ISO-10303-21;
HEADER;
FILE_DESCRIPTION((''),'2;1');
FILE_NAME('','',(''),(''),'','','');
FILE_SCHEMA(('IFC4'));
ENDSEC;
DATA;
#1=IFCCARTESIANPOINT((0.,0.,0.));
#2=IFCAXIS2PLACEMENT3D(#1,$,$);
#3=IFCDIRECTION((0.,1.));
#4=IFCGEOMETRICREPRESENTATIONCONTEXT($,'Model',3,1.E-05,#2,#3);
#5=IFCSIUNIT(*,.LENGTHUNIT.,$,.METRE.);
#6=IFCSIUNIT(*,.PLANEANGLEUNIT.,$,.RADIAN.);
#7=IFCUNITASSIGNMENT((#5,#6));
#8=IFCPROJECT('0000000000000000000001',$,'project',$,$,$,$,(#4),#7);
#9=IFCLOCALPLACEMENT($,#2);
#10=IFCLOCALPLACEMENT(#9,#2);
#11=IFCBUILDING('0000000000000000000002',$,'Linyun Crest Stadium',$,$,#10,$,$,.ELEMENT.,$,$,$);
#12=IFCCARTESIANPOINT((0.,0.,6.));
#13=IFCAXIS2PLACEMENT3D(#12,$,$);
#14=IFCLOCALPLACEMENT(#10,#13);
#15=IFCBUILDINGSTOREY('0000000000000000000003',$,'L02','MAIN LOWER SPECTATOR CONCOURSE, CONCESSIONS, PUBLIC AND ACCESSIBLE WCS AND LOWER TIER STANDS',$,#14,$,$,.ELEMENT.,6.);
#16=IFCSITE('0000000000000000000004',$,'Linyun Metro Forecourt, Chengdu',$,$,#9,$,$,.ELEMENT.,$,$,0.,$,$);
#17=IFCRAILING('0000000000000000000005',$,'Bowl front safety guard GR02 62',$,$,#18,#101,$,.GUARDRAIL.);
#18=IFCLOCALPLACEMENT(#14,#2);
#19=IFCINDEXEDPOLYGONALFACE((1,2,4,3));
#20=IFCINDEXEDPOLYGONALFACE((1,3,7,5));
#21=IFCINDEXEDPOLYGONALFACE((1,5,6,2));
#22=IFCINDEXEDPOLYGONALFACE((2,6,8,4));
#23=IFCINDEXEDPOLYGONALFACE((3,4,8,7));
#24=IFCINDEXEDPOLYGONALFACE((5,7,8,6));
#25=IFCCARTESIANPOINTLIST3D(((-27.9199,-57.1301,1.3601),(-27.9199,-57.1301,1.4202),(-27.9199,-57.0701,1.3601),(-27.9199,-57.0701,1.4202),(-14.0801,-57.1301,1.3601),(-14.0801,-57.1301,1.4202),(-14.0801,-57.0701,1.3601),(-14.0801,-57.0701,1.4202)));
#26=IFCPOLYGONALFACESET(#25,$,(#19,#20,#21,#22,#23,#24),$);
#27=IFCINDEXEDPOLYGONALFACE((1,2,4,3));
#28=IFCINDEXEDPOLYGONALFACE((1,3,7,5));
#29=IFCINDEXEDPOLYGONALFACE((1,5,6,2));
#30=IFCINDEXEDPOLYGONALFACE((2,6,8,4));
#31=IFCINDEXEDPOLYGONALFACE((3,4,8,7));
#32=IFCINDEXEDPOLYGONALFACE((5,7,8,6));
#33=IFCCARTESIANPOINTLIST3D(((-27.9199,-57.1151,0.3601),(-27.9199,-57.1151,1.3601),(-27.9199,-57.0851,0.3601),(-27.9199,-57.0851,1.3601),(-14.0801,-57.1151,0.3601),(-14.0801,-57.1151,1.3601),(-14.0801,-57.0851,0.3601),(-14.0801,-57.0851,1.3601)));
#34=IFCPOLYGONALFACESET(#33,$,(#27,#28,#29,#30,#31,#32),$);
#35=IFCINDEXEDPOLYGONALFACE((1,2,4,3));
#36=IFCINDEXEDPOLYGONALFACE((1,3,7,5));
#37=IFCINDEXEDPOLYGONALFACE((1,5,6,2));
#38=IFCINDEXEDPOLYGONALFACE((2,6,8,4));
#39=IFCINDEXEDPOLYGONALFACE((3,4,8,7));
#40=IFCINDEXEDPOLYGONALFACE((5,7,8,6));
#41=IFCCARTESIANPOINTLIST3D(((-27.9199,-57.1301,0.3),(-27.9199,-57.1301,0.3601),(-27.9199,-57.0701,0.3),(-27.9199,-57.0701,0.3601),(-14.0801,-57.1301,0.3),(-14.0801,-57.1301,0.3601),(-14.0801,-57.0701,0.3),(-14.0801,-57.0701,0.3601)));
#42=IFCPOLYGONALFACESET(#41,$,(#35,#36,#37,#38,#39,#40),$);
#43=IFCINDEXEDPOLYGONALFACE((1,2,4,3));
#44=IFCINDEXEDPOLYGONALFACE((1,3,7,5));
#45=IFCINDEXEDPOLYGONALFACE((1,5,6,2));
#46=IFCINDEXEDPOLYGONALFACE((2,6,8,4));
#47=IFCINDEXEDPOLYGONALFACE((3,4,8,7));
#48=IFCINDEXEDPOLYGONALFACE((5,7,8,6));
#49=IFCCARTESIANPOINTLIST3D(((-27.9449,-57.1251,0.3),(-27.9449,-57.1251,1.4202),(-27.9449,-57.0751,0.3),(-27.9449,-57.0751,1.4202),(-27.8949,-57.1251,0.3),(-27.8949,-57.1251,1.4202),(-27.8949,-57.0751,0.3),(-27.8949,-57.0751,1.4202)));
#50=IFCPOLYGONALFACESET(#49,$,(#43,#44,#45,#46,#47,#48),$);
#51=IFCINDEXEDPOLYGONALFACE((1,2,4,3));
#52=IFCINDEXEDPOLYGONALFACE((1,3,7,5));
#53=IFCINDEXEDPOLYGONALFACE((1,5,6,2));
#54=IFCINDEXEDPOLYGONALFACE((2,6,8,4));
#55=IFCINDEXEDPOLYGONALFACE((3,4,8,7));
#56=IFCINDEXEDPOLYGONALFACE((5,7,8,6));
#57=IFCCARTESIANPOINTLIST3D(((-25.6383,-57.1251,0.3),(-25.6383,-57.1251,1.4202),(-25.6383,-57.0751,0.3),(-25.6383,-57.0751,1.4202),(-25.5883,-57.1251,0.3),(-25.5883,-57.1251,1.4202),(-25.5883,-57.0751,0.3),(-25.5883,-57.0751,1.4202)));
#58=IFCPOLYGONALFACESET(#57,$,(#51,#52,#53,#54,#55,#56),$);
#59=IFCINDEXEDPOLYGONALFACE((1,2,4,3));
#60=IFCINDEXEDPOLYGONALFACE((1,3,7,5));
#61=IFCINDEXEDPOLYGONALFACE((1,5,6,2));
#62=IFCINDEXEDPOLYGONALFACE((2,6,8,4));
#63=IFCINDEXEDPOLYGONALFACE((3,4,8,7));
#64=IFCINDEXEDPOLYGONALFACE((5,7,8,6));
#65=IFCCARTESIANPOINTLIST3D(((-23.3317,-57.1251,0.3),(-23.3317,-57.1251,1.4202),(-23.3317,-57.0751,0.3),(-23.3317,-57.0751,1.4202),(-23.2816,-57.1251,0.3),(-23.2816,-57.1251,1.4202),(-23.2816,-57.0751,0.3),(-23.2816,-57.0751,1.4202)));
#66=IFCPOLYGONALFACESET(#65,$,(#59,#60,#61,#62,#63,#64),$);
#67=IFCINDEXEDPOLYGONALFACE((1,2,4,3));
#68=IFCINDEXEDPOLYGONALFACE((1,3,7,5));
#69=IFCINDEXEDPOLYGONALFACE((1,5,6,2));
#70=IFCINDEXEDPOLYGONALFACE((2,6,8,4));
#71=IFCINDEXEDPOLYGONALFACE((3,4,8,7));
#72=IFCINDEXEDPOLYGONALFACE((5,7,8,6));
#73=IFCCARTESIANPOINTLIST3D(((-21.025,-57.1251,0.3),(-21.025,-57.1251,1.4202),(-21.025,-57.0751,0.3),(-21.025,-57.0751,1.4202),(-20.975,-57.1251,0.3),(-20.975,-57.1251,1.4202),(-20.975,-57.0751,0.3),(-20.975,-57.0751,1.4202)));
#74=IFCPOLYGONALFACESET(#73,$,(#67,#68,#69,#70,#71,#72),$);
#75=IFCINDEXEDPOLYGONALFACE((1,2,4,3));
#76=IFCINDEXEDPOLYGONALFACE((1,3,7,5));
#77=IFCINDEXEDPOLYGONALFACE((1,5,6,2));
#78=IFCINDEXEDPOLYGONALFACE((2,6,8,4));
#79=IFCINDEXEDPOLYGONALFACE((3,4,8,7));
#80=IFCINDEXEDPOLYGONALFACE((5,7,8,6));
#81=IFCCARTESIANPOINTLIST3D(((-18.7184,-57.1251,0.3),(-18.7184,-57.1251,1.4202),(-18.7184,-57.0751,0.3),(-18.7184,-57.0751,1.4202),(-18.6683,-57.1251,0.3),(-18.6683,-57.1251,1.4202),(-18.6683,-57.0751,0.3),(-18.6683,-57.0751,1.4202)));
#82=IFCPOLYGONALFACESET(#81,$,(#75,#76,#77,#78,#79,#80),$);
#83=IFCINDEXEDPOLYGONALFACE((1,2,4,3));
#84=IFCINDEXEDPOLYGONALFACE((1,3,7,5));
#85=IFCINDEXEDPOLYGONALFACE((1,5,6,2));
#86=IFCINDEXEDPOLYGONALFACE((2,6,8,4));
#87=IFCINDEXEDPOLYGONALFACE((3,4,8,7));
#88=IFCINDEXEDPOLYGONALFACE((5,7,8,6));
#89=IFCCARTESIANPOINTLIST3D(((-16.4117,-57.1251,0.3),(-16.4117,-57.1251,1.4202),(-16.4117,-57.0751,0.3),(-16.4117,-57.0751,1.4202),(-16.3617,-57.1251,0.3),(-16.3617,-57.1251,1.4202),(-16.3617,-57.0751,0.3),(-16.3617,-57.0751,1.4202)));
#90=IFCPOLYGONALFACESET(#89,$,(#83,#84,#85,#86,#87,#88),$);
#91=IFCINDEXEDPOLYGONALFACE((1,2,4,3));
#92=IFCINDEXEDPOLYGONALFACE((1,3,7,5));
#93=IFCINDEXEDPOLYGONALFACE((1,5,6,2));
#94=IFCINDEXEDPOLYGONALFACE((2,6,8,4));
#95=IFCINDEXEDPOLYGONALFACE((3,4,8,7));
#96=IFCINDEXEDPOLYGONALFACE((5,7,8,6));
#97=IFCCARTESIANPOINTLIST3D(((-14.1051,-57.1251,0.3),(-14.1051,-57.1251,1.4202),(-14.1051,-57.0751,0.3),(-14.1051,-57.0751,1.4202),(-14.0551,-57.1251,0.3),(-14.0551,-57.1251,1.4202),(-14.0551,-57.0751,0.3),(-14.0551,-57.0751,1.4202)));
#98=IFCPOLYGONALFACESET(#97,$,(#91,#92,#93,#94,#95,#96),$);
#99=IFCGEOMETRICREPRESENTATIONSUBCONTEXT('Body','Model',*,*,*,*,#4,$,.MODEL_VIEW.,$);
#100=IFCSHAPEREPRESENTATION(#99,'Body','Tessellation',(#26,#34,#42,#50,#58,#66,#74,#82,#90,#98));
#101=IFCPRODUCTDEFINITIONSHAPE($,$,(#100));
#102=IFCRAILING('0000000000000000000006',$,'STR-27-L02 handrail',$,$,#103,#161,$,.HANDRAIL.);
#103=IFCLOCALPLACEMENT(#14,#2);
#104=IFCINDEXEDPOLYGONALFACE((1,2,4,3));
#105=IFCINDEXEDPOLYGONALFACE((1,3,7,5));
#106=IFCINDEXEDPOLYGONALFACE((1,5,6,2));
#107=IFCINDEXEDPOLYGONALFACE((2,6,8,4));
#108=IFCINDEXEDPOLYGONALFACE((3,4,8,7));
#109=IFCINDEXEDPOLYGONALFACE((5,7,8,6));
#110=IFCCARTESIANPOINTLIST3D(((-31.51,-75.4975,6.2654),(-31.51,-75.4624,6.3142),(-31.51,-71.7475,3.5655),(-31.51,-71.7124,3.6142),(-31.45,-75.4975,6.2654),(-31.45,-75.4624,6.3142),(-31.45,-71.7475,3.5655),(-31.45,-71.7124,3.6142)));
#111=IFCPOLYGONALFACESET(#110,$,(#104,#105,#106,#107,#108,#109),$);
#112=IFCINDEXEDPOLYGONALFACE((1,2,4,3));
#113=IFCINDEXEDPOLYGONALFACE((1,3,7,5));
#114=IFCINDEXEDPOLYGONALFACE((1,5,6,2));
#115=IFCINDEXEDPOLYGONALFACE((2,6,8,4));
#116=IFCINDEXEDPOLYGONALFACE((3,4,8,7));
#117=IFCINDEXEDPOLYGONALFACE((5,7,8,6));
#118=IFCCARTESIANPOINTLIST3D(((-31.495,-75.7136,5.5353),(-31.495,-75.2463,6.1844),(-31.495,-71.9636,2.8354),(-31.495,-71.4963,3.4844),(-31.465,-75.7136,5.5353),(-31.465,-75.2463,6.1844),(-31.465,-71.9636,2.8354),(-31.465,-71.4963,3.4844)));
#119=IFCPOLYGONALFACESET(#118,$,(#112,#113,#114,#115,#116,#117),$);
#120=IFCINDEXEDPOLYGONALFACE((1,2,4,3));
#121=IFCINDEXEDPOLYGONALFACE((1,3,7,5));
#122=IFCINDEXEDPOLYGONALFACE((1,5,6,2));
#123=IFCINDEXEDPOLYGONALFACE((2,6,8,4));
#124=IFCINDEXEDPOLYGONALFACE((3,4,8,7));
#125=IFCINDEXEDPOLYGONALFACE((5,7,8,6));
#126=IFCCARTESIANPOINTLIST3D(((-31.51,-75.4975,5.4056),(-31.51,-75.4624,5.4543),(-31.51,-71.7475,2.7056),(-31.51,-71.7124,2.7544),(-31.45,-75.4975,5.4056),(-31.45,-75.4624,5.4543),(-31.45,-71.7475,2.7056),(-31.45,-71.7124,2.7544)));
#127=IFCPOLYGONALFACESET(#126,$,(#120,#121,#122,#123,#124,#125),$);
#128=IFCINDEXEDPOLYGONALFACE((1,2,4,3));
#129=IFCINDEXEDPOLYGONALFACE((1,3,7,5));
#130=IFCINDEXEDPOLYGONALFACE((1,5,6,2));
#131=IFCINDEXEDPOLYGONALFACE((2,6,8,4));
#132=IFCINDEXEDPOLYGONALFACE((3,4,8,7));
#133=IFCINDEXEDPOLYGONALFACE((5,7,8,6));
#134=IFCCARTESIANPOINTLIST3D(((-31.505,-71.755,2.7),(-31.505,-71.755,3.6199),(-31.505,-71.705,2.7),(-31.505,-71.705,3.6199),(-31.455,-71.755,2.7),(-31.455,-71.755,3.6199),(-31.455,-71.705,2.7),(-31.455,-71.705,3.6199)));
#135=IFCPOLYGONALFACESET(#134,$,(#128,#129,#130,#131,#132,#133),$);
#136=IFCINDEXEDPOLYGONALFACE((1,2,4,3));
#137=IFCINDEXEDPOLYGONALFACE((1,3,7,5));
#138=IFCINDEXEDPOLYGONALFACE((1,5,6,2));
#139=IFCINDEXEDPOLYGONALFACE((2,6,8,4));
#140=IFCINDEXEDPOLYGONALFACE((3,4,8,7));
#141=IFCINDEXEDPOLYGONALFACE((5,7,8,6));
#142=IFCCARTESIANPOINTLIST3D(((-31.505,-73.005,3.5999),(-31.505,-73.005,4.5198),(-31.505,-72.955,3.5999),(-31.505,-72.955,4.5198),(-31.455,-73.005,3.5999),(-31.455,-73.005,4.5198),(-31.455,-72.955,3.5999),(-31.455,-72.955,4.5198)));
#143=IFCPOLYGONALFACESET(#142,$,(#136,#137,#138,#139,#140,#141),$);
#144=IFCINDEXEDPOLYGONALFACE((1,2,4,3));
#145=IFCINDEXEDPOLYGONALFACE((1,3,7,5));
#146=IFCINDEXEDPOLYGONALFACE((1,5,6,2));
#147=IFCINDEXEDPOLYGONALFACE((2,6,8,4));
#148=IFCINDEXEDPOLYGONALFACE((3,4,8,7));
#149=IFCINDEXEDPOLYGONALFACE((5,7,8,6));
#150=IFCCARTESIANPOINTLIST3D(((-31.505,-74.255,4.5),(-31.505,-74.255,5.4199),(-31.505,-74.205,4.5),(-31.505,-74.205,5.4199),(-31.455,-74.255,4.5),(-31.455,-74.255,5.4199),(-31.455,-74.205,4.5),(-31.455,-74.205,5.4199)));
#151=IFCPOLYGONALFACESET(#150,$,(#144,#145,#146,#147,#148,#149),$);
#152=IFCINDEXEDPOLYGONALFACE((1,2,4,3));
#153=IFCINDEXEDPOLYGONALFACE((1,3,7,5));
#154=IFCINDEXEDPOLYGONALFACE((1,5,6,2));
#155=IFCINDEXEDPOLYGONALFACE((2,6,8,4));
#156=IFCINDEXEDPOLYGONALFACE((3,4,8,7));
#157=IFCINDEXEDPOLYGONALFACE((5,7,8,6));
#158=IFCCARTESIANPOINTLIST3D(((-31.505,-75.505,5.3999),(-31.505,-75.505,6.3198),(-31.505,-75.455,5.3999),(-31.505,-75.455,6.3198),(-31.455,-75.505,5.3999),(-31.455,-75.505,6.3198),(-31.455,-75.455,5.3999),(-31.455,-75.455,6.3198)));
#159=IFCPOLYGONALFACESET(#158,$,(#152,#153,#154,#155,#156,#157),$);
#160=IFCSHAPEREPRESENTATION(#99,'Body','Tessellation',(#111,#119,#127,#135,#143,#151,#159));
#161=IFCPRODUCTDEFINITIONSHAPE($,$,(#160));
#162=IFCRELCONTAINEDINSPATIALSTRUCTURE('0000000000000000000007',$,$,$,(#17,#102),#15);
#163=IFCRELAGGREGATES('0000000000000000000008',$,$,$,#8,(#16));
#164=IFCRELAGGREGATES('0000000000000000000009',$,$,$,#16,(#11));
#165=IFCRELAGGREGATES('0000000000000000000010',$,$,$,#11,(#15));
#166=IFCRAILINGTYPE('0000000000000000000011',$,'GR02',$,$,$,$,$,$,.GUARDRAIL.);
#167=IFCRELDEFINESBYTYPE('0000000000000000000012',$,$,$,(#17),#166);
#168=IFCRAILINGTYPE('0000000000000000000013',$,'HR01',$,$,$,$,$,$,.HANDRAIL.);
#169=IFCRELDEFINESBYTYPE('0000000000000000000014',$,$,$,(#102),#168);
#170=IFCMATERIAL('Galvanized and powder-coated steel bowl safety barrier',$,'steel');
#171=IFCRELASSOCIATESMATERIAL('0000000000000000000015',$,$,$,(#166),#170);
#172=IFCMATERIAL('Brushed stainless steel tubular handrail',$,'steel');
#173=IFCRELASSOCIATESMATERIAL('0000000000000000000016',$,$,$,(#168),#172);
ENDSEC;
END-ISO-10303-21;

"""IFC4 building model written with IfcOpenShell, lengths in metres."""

from ifc_helpers import new_model, si_unit, direction, frame, origin, origin_2d, place, context, subcontext, project, spatial, rectangle, extrude, material, type_object, element, save


model = new_model("IFC4")

# Units and contexts
model_context = context("Model", 3, precision=1e-05, world=origin(), true_north=direction((0.0, 1.0)))
body_context = subcontext(model_context, "Body", "Model", "MODEL_VIEW")
ifc_project = project(units=[si_unit("LENGTHUNIT", "METRE"), si_unit("PLANEANGLEUNIT", "RADIAN")], contexts=[model_context])

# Site, building, storey
site_placement = place(None, origin())
site = spatial("IfcSite", under=ifc_project, at=site_placement, Name="Linyun Metro Forecourt, Chengdu", CompositionType="ELEMENT", RefElevation=0.0)
building_placement = place(site_placement, origin())
building = spatial("IfcBuilding", under=site, at=building_placement, Name="Linyun Crest Stadium", CompositionType="ELEMENT")
storey_placement = place(building_placement, frame((0.0, 0.0, 6.0)))
storey = spatial("IfcBuildingStorey", under=building, at=storey_placement, Name="L02", Description="MAIN LOWER SPECTATOR CONCOURSE, CONCESSIONS, PUBLIC AND ACCESSIBLE WCS AND LOWER TIER STANDS", CompositionType="ELEMENT", Elevation=6.0)

# Railings
ifc_material_1 = material(Name="Galvanized and powder-coated steel bowl safety barrier", Category="steel")
railing_type_1 = type_object("IfcRailingType", Name="GR02", PredefinedType="GUARDRAIL", material=ifc_material_1)
railing_1_placement = place(storey_placement, frame((-27.9199, -57.1001, 0.3)))
element("IfcRailing", 1, at=railing_1_placement, inside=storey, type_object=railing_type_1, Name="Bowl front safety guard GR02 62", PredefinedType="GUARDRAIL", context=body_context, shape_type="SweptSolid", body=[
    extrude(rectangle(XDim=0.0601, YDim=0.0601, at=origin_2d()), frame((0.0, 0.0, 1.0901), z_axis=(1.0, 0.0, 0.0), x_axis=(0.0, 1.0, 0.0)), (0.0, 0.0, 1.0), 13.8398),
    extrude(rectangle(XDim=0.03, YDim=1.0, at=origin_2d()), frame((0.0, 0.0, 0.5601), z_axis=(1.0, 0.0, 0.0), x_axis=(0.0, 1.0, 0.0)), (0.0, 0.0, 1.0), 13.8398),
    extrude(rectangle(XDim=0.0601, YDim=0.0601, at=origin_2d()), frame((0.0, 0.0, 0.03), z_axis=(1.0, 0.0, 0.0), x_axis=(0.0, 1.0, 0.0)), (0.0, 0.0, 1.0), 13.8398),
    extrude(rectangle(XDim=0.05, YDim=0.05, at=origin_2d()), origin(), (0.0, 0.0, 1.0), 1.1201),
    extrude(rectangle(XDim=0.05, YDim=0.05, at=origin_2d()), frame((2.3066, 0.0, 0.0)), (0.0, 0.0, 1.0), 1.1201),
    extrude(rectangle(XDim=0.05, YDim=0.05, at=origin_2d()), frame((4.6133, 0.0, 0.0)), (0.0, 0.0, 1.0), 1.1201),
    extrude(rectangle(XDim=0.05, YDim=0.05, at=origin_2d()), frame((6.9199, 0.0, 0.0)), (0.0, 0.0, 1.0), 1.1201),
    extrude(rectangle(XDim=0.05, YDim=0.05, at=origin_2d()), frame((9.2266, 0.0, 0.0)), (0.0, 0.0, 1.0), 1.1201),
    extrude(rectangle(XDim=0.05, YDim=0.05, at=origin_2d()), frame((11.5332, 0.0, 0.0)), (0.0, 0.0, 1.0), 1.1201),
    extrude(rectangle(XDim=0.05, YDim=0.05, at=origin_2d()), frame((13.8398, 0.0, 0.0)), (0.0, 0.0, 1.0), 1.1201),
])
ifc_material_2 = material(Name="Brushed stainless steel tubular handrail", Category="steel")
railing_type_2 = type_object("IfcRailingType", Name="HR01", PredefinedType="HANDRAIL", material=ifc_material_2)
railing_2_placement = place(storey_placement, frame((-31.48, -71.73, 2.7)))
element("IfcRailing", 2, at=railing_2_placement, inside=storey, type_object=railing_type_2, Name="STR-27-L02 handrail", PredefinedType="HANDRAIL", context=body_context, shape_type="SweptSolid", body=[
    extrude(rectangle(XDim=0.0601, YDim=0.0601, at=origin_2d()), frame((0.0, 0.0, 0.8899), z_axis=(0.0, -0.811539, 0.584298), x_axis=(1.0, 0.0, 0.0)), (0.0, 0.0, 1.0), 4.6208),
    extrude(rectangle(XDim=0.03, YDim=0.7998, at=origin_2d()), frame((0.0, 0.0, 0.46), z_axis=(0.0, -0.811539, 0.584298), x_axis=(1.0, 0.0, 0.0)), (0.0, 0.0, 1.0), 4.6208),
    extrude(rectangle(XDim=0.0601, YDim=0.0601, at=origin_2d()), frame((0.0, 0.0, 0.03), z_axis=(0.0, -0.811539, 0.584298), x_axis=(1.0, 0.0, 0.0)), (0.0, 0.0, 1.0), 4.6208),
    extrude(rectangle(XDim=0.05, YDim=0.05, at=origin_2d()), origin(), (0.0, 0.0, 1.0), 0.9199),
    extrude(rectangle(XDim=0.05, YDim=0.05, at=origin_2d()), frame((0.0, -1.25, 0.8999)), (0.0, 0.0, 1.0), 0.9199),
    extrude(rectangle(XDim=0.05, YDim=0.05, at=origin_2d()), frame((0.0, -2.5, 1.8)), (0.0, 0.0, 1.0), 0.9199),
    extrude(rectangle(XDim=0.05, YDim=0.05, at=origin_2d()), frame((0.0, -3.75, 2.7)), (0.0, 0.0, 1.0), 0.9199),
])

save(model, "model.ifc")
